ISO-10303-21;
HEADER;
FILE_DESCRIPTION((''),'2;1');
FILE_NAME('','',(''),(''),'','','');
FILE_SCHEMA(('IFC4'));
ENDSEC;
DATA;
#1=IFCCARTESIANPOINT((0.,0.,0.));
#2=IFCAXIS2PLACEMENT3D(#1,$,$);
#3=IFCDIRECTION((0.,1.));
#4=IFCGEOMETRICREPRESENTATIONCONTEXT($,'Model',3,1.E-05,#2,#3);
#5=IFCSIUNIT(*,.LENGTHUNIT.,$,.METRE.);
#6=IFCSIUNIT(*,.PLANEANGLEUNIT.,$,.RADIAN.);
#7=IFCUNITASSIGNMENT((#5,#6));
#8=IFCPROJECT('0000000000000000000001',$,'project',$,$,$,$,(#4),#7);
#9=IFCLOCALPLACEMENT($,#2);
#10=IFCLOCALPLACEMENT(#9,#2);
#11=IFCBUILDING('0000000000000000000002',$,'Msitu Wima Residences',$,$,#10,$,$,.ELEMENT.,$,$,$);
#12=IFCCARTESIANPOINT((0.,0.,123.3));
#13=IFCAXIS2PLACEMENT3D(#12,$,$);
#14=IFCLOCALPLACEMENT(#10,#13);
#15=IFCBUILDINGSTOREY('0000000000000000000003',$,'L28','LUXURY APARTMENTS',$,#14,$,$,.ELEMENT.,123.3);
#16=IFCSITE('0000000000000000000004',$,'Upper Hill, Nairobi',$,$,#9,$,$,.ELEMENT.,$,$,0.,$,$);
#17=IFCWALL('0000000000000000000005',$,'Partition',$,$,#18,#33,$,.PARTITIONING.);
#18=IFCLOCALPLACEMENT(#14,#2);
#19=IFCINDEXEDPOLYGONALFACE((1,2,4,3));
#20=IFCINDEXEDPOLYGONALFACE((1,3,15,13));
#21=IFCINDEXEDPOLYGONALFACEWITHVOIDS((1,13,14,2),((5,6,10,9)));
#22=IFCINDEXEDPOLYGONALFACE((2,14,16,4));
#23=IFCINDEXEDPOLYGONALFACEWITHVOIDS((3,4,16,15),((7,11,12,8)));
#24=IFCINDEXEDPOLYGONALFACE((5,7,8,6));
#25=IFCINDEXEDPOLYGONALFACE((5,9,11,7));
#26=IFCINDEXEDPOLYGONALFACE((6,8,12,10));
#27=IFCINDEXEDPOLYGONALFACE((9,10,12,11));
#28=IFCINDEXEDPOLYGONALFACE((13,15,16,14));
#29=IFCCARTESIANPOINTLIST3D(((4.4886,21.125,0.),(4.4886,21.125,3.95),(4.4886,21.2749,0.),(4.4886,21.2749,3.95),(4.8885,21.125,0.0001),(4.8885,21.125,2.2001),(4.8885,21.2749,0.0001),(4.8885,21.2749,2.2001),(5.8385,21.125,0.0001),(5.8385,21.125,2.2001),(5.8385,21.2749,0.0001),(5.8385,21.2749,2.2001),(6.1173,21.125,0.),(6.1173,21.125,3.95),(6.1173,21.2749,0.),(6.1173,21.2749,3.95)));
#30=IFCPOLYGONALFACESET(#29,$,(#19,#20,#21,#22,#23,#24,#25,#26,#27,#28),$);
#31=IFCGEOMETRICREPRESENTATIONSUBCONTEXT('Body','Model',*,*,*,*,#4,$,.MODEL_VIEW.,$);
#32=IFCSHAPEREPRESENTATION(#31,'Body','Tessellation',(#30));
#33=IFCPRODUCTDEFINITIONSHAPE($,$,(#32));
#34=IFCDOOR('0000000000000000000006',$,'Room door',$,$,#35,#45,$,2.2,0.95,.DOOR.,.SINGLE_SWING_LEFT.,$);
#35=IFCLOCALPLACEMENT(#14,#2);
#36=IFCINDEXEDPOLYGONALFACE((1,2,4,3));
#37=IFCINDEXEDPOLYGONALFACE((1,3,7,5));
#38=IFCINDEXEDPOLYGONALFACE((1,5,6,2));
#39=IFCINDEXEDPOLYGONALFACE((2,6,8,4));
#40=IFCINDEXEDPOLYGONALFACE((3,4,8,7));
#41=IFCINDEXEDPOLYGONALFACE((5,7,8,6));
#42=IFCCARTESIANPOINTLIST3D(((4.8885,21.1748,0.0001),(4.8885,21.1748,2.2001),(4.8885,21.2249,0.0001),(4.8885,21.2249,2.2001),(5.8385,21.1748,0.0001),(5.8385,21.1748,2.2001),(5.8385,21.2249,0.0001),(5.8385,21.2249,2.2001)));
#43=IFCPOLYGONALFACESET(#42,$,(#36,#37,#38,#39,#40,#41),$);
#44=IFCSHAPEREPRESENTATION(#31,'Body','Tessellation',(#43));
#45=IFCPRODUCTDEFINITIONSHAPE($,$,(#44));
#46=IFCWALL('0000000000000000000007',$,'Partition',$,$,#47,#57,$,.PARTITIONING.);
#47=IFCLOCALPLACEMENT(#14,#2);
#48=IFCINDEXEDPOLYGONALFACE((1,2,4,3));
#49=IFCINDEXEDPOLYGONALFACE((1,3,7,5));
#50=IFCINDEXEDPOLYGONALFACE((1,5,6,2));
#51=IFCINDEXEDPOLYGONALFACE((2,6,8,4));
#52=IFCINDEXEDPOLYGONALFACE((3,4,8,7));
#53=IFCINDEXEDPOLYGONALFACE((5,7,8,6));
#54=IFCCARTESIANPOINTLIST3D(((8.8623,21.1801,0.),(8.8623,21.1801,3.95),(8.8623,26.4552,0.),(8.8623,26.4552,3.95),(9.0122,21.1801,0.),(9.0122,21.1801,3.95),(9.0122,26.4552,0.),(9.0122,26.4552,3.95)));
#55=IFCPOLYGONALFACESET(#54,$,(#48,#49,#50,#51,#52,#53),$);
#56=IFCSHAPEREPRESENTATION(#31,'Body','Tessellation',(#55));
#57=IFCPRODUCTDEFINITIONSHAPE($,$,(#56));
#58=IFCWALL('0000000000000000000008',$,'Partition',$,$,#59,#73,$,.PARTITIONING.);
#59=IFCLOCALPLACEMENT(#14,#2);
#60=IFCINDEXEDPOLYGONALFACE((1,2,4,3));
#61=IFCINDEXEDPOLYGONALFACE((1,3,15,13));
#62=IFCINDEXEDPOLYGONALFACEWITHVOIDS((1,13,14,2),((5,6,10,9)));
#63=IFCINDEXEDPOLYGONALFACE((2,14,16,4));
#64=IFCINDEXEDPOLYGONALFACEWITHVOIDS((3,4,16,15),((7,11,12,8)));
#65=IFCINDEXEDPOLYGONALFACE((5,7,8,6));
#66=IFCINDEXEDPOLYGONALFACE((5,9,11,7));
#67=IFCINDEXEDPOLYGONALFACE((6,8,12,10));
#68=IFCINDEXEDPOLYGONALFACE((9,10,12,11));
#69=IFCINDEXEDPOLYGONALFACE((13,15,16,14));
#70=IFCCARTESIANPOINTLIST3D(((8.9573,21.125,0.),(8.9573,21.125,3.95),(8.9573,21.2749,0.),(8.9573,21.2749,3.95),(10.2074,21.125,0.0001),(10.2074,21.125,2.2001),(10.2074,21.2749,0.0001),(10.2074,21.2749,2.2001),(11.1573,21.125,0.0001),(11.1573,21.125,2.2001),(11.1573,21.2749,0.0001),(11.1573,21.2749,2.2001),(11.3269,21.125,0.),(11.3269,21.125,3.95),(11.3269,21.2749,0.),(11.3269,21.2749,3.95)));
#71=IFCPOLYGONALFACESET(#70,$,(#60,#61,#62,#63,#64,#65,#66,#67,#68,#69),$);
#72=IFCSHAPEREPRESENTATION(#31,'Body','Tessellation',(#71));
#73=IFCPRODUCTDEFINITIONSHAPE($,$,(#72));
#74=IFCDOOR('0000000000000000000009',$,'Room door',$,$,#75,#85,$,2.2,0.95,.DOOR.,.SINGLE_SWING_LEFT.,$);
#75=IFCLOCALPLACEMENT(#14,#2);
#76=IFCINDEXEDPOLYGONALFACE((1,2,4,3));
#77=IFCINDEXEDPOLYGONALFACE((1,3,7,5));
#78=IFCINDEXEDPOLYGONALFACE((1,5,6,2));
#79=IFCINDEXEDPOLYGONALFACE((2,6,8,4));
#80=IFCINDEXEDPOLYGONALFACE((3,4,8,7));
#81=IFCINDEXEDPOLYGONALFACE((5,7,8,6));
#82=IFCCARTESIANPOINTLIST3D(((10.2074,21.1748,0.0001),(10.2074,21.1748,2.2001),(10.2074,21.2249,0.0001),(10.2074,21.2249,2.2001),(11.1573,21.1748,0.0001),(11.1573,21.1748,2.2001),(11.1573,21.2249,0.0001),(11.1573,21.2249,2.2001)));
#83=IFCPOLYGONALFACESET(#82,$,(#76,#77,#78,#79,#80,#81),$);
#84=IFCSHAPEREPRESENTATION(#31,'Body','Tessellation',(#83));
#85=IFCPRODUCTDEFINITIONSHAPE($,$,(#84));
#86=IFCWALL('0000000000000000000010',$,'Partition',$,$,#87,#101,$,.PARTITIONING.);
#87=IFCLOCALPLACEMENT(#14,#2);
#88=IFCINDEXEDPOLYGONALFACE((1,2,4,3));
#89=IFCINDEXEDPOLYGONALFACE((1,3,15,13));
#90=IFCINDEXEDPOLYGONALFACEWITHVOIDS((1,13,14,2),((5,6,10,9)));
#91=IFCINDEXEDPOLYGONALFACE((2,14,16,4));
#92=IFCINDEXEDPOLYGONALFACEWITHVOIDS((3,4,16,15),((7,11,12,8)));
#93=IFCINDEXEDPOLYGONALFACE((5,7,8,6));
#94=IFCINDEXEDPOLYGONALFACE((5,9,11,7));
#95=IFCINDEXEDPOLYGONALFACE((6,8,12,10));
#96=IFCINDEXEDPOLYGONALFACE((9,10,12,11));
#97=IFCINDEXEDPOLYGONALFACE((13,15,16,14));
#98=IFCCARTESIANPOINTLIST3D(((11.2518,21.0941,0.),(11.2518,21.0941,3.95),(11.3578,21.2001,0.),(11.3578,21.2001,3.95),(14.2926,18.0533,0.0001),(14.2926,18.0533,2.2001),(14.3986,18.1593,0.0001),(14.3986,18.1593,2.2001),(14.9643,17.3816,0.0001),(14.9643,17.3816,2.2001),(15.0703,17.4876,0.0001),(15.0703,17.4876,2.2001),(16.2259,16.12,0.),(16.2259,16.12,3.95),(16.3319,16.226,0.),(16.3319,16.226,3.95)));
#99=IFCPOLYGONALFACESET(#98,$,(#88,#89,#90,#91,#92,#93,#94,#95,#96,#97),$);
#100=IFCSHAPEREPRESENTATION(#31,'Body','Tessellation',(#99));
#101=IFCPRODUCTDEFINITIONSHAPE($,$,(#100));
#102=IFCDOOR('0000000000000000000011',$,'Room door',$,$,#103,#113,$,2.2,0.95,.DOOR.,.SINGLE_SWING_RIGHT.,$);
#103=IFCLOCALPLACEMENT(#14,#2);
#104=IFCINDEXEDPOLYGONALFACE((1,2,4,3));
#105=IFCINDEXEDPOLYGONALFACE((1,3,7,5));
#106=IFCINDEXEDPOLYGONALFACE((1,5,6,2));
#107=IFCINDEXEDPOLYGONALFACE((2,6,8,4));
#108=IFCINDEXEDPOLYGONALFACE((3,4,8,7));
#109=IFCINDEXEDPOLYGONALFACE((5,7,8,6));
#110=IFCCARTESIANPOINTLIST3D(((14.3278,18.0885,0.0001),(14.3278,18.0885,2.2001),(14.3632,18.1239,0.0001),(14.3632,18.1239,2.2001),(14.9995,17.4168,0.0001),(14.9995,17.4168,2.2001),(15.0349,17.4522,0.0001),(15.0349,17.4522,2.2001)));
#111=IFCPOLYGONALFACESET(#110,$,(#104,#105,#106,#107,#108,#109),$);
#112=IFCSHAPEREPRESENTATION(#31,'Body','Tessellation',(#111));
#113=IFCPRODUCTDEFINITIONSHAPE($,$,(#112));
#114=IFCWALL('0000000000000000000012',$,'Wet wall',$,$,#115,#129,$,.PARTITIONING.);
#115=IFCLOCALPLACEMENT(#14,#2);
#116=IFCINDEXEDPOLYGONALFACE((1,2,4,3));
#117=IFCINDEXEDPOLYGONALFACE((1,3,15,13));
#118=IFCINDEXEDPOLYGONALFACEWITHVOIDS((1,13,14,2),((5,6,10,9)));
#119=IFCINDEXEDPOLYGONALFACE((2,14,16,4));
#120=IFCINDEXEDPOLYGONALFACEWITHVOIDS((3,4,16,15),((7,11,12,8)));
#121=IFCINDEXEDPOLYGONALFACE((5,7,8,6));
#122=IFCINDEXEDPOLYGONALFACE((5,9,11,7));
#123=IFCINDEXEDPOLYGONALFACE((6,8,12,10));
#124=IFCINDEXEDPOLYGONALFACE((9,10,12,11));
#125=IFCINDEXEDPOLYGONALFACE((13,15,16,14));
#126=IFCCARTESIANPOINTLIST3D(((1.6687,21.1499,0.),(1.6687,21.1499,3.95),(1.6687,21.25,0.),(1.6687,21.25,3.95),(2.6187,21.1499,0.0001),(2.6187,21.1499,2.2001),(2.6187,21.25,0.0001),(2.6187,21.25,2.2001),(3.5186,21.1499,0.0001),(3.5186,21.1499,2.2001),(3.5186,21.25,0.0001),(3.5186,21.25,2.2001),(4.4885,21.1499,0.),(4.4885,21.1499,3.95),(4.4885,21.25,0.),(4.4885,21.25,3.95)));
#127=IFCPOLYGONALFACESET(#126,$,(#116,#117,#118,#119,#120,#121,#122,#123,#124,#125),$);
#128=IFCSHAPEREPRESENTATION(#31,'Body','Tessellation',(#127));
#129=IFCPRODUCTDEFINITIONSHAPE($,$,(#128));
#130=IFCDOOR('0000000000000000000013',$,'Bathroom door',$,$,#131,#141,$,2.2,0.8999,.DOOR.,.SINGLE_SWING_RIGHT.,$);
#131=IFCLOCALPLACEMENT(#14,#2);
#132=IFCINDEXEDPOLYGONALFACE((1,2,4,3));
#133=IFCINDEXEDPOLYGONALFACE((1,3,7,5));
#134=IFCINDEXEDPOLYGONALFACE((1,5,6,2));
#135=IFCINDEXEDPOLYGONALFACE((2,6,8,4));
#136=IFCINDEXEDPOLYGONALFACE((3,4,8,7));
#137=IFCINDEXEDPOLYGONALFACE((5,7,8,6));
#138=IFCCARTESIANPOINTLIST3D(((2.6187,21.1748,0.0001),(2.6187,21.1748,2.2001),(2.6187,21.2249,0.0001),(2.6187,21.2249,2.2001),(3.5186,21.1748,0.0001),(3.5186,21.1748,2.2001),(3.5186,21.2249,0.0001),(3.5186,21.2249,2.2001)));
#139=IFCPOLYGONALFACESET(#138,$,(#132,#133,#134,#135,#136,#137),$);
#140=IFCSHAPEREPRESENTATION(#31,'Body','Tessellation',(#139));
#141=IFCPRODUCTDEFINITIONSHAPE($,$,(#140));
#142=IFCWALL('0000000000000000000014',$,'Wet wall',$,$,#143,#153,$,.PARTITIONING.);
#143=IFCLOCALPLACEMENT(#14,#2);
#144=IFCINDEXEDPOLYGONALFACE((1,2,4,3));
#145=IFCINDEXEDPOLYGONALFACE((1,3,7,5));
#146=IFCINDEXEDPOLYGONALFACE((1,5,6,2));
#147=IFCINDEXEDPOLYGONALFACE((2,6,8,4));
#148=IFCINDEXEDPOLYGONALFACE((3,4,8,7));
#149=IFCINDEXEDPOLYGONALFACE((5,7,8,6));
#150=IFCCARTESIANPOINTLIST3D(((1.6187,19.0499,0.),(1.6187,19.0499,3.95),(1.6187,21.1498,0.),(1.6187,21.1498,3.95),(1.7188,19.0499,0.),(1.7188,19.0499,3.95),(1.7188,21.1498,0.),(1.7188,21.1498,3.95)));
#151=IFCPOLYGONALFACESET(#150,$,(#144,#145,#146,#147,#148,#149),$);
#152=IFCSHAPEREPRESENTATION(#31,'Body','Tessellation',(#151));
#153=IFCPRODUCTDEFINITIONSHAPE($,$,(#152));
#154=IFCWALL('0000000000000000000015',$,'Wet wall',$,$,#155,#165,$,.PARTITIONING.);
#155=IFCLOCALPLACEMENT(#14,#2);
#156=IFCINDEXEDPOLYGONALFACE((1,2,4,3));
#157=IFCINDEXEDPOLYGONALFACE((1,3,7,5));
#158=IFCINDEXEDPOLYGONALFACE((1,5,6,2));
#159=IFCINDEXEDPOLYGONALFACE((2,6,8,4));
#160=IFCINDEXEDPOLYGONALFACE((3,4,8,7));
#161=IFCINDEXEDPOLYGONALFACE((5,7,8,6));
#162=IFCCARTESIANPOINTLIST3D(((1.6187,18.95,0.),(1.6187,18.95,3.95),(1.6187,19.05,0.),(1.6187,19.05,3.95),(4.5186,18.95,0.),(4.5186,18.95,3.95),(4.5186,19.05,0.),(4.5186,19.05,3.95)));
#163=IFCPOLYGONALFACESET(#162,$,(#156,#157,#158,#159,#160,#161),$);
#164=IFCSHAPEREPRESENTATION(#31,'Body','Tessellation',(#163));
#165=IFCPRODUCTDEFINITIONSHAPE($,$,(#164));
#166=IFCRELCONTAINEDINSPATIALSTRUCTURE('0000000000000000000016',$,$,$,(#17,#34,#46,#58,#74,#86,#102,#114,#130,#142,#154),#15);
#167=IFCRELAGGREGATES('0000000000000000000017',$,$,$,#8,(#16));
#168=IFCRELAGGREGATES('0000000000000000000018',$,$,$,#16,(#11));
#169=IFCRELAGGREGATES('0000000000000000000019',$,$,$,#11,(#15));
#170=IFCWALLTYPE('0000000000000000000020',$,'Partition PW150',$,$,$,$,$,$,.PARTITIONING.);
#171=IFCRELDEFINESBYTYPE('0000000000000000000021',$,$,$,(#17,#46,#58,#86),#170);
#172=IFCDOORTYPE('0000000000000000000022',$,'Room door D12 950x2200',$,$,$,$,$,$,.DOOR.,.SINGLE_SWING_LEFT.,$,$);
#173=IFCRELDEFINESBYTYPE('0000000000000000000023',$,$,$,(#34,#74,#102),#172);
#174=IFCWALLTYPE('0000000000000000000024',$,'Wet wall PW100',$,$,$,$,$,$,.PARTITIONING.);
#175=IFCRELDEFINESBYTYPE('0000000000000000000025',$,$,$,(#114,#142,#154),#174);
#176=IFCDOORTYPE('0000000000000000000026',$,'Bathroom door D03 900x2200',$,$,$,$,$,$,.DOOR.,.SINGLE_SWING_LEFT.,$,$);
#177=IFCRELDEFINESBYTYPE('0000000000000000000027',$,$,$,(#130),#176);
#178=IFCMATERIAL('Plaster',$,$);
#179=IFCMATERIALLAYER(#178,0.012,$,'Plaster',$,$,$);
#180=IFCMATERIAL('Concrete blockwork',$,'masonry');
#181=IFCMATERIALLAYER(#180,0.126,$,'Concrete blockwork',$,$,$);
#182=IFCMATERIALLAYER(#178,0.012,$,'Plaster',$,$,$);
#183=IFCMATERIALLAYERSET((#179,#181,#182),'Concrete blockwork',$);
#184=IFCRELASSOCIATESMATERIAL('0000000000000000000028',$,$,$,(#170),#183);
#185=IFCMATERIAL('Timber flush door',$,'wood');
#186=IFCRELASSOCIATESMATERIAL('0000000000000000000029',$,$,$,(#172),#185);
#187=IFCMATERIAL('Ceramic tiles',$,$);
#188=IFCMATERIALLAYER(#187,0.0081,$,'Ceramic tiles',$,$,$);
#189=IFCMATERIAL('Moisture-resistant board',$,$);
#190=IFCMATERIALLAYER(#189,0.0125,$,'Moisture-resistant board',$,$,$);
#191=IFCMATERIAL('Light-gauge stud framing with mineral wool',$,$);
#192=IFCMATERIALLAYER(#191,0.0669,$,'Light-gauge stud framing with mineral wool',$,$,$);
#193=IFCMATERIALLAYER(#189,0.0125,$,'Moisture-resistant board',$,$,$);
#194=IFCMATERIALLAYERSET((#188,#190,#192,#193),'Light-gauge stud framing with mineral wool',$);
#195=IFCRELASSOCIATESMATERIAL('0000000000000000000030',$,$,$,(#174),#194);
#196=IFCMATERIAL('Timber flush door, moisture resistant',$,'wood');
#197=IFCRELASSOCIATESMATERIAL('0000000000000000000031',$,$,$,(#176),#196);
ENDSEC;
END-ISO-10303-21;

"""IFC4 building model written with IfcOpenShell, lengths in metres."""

from ifc_helpers import new_model, si_unit, direction, frame, frame_2d, origin, place, context, subcontext, project, spatial, rectangle, extrude, material, layer, layer_set, type_object, element, fill, save


model = new_model("IFC4")

# Units and contexts
model_context = context("Model", 3, precision=1e-05, world=origin(), true_north=direction((0.0, 1.0)))
body_context = subcontext(model_context, "Body", "Model", "MODEL_VIEW")
ifc_project = project(units=[si_unit("LENGTHUNIT", "METRE"), si_unit("PLANEANGLEUNIT", "RADIAN")], contexts=[model_context])

# Site, building, storey
site_placement = place(None, origin())
site = spatial("IfcSite", under=ifc_project, at=site_placement, Name="Upper Hill, Nairobi", CompositionType="ELEMENT", RefElevation=0.0)
building_placement = place(site_placement, origin())
building = spatial("IfcBuilding", under=site, at=building_placement, Name="Msitu Wima Residences", CompositionType="ELEMENT")
storey_placement = place(building_placement, frame((0.0, 0.0, 123.3)))
storey = spatial("IfcBuildingStorey", under=building, at=storey_placement, Name="L28", Description="LUXURY APARTMENTS", CompositionType="ELEMENT", Elevation=123.3)

# Shared definitions
ifc_material_1 = material(Name="Plaster")
ifc_layer_1 = layer(ifc_material_1, 0.012, Name="Plaster")
ifc_material_2 = material(Name="Concrete blockwork", Category="masonry")
ifc_layer_2 = layer(ifc_material_2, 0.126, Name="Concrete blockwork")
ifc_layer_3 = layer(ifc_material_1, 0.012, Name="Plaster")
ifc_layer_set_1 = layer_set([ifc_layer_1, ifc_layer_2, ifc_layer_3], Name="Concrete blockwork")
wall_type_1 = type_object("IfcWallType", Name="Partition PW150", PredefinedType="PARTITIONING", material=ifc_layer_set_1)

# Wall, opening, door
wall_1_placement = place(storey_placement, frame((4.4885, 21.2, 0.0), z_axis=(0.0, 0.0, 1.0), x_axis=(1.0, 0.0, 0.0)))
wall_1 = element("IfcWall", 1, at=wall_1_placement, inside=storey, type_object=wall_type_1, Name="Partition", PredefinedType="PARTITIONING", context=body_context, shape_type="SweptSolid", body=[
    extrude(rectangle(XDim=1.6287, YDim=0.1499, at=frame_2d((0.8145, 0.0))), origin(), (0.0, 0.0, 1.0), 3.95),
])
opening_1_placement = place(wall_1_placement, frame((0.3999, 0.0, 0.0)))
opening_1 = element("IfcOpeningElement", 2, at=opening_1_placement, cuts=wall_1, PredefinedType="OPENING", context=body_context, shape_type="SweptSolid", body=[
    extrude(rectangle(XDim=0.95, YDim=2.2, at=frame_2d((0.4751, 1.1001))), frame((0.0, 0.085, 0.0), z_axis=(0.0, -1.0, 0.0), x_axis=(1.0, 0.0, 0.0)), (0.0, 0.0, 1.0), 0.1699),
])
ifc_material_3 = material(Name="Timber flush door", Category="wood")
door_type_1 = type_object("IfcDoorType", Name="Room door D12 950x2200", OperationType="SINGLE_SWING_LEFT", PredefinedType="DOOR", material=ifc_material_3)
door_1_placement = place(opening_1_placement, origin())
door_1 = element("IfcDoor", 3, at=door_1_placement, inside=storey, type_object=door_type_1, Name="Room door", OperationType="SINGLE_SWING_LEFT", OverallHeight=2.2, OverallWidth=0.95, PredefinedType="DOOR", context=body_context, shape_type="SweptSolid", body=[
    extrude(rectangle(XDim=0.95, YDim=2.2, at=frame_2d((0.4751, 1.1001))), frame((0.0, 0.0249, 0.0), z_axis=(0.0, -1.0, 0.0), x_axis=(1.0, 0.0, 0.0)), (0.0, 0.0, 1.0), 0.05),
])
fill(opening_1, door_1)

# Wall
wall_2_placement = place(storey_placement, frame((8.9373, 21.1799, 0.0), z_axis=(0.0, 0.0, 1.0), x_axis=(0.0, 1.0, 0.0)))
element("IfcWall", 4, at=wall_2_placement, inside=storey, type_object=wall_type_1, Name="Partition", PredefinedType="PARTITIONING", context=body_context, shape_type="SweptSolid", body=[
    extrude(rectangle(XDim=5.2751, YDim=0.1499, at=frame_2d((2.6377, 0.0))), origin(), (0.0, 0.0, 1.0), 3.95),
])

# Walls, openings, doors
wall_3_placement = place(storey_placement, frame((8.9573, 21.2, 0.0), z_axis=(0.0, 0.0, 1.0), x_axis=(1.0, 0.0, 0.0)))
wall_3 = element("IfcWall", 5, at=wall_3_placement, inside=storey, type_object=wall_type_1, Name="Partition", PredefinedType="PARTITIONING", context=body_context, shape_type="SweptSolid", body=[
    extrude(rectangle(XDim=2.3696, YDim=0.1499, at=frame_2d((1.1848, 0.0))), origin(), (0.0, 0.0, 1.0), 3.95),
])
opening_2_placement = place(wall_3_placement, frame((1.25, 0.0, 0.0)))
opening_2 = element("IfcOpeningElement", 6, at=opening_2_placement, cuts=wall_3, PredefinedType="OPENING", context=body_context, shape_type="SweptSolid", body=[
    extrude(rectangle(XDim=0.95, YDim=2.2, at=frame_2d((0.4751, 1.1001))), frame((0.0, 0.085, 0.0), z_axis=(0.0, -1.0, 0.0), x_axis=(1.0, 0.0, 0.0)), (0.0, 0.0, 1.0), 0.1699),
])
door_2_placement = place(opening_2_placement, origin())
door_2 = element("IfcDoor", 7, at=door_2_placement, inside=storey, type_object=door_type_1, Name="Room door", OperationType="SINGLE_SWING_LEFT", OverallHeight=2.2, OverallWidth=0.95, PredefinedType="DOOR", context=body_context, shape_type="SweptSolid", body=[
    extrude(rectangle(XDim=0.95, YDim=2.2, at=frame_2d((0.4751, 1.1001))), frame((0.0, 0.0249, 0.0), z_axis=(0.0, -1.0, 0.0), x_axis=(1.0, 0.0, 0.0)), (0.0, 0.0, 1.0), 0.05),
])
fill(opening_2, door_2)
wall_4_placement = place(storey_placement, frame((11.3049, 21.147, 0.0), z_axis=(0.0, 0.0, 1.0), x_axis=(0.707107, -0.707107, 0.0)))
wall_4 = element("IfcWall", 8, at=wall_4_placement, inside=storey, type_object=wall_type_1, Name="Partition", PredefinedType="PARTITIONING", context=body_context, shape_type="SweptSolid", body=[
    extrude(rectangle(XDim=7.0344, YDim=0.1499, at=frame_2d((3.5171, 0.0))), origin(), (0.0, 0.0, 1.0), 3.95),
])
opening_3_placement = place(wall_4_placement, frame((4.3, 0.0, 0.0)))
opening_3 = element("IfcOpeningElement", 9, at=opening_3_placement, cuts=wall_4, PredefinedType="OPENING", context=body_context, shape_type="SweptSolid", body=[
    extrude(rectangle(XDim=0.95, YDim=2.2, at=frame_2d((0.4751, 1.1001))), frame((0.0, 0.085, 0.0), z_axis=(0.0, -1.0, 0.0), x_axis=(1.0, 0.0, 0.0)), (0.0, 0.0, 1.0), 0.1699),
])
door_3_placement = place(opening_3_placement, origin())
door_3 = element("IfcDoor", 10, at=door_3_placement, inside=storey, type_object=door_type_1, Name="Room door", OperationType="SINGLE_SWING_RIGHT", OverallHeight=2.2, OverallWidth=0.95, PredefinedType="DOOR", context=body_context, shape_type="SweptSolid", body=[
    extrude(rectangle(XDim=0.95, YDim=2.2, at=frame_2d((0.4751, 1.1001))), frame((0.0, 0.0249, 0.0), z_axis=(0.0, -1.0, 0.0), x_axis=(1.0, 0.0, 0.0)), (0.0, 0.0, 1.0), 0.05),
])
fill(opening_3, door_3)
ifc_material_4 = material(Name="Ceramic tiles")
ifc_layer_4 = layer(ifc_material_4, 0.0081, Name="Ceramic tiles")
ifc_material_5 = material(Name="Moisture-resistant board")
ifc_layer_5 = layer(ifc_material_5, 0.0125, Name="Moisture-resistant board")
ifc_material_6 = material(Name="Light-gauge stud framing with mineral wool")
ifc_layer_6 = layer(ifc_material_6, 0.0669, Name="Light-gauge stud framing with mineral wool")
ifc_layer_7 = layer(ifc_material_5, 0.0125, Name="Moisture-resistant board")
ifc_layer_set_2 = layer_set([ifc_layer_4, ifc_layer_5, ifc_layer_6, ifc_layer_7], Name="Light-gauge stud framing with mineral wool")
wall_type_2 = type_object("IfcWallType", Name="Wet wall PW100", PredefinedType="PARTITIONING", material=ifc_layer_set_2)
wall_5_placement = place(storey_placement, frame((1.6687, 21.2, 0.0), z_axis=(0.0, 0.0, 1.0), x_axis=(1.0, 0.0, 0.0)))
wall_5 = element("IfcWall", 11, at=wall_5_placement, inside=storey, type_object=wall_type_2, Name="Wet wall", PredefinedType="PARTITIONING", context=body_context, shape_type="SweptSolid", body=[
    extrude(rectangle(XDim=2.8198, YDim=0.1001, at=frame_2d((1.4099, 0.0))), origin(), (0.0, 0.0, 1.0), 3.95),
])
opening_4_placement = place(wall_5_placement, frame((0.95, 0.0, 0.0)))
opening_4 = element("IfcOpeningElement", 12, at=opening_4_placement, cuts=wall_5, PredefinedType="OPENING", context=body_context, shape_type="SweptSolid", body=[
    extrude(rectangle(XDim=0.8999, YDim=2.2, at=frame_2d((0.45, 1.1001))), frame((0.0, 0.0601, 0.0), z_axis=(0.0, -1.0, 0.0), x_axis=(1.0, 0.0, 0.0)), (0.0, 0.0, 1.0), 0.1201),
])
ifc_material_7 = material(Name="Timber flush door, moisture resistant", Category="wood")
door_type_2 = type_object("IfcDoorType", Name="Bathroom door D03 900x2200", OperationType="SINGLE_SWING_LEFT", PredefinedType="DOOR", material=ifc_material_7)
door_4_placement = place(opening_4_placement, origin())
door_4 = element("IfcDoor", 13, at=door_4_placement, inside=storey, type_object=door_type_2, Name="Bathroom door", OperationType="SINGLE_SWING_RIGHT", OverallHeight=2.2, OverallWidth=0.8999, PredefinedType="DOOR", context=body_context, shape_type="SweptSolid", body=[
    extrude(rectangle(XDim=0.8999, YDim=2.2, at=frame_2d((0.45, 1.1001))), frame((0.0, 0.0249, 0.0), z_axis=(0.0, -1.0, 0.0), x_axis=(1.0, 0.0, 0.0)), (0.0, 0.0, 1.0), 0.05),
])
fill(opening_4, door_4)

# Walls
wall_6_placement = place(storey_placement, frame((1.6687, 19.05, 0.0), z_axis=(0.0, 0.0, 1.0), x_axis=(0.0, 1.0, 0.0)))
element("IfcWall", 14, at=wall_6_placement, inside=storey, type_object=wall_type_2, Name="Wet wall", PredefinedType="PARTITIONING", context=body_context, shape_type="SweptSolid", body=[
    extrude(rectangle(XDim=2.0999, YDim=0.1001, at=frame_2d((1.0498, 0.0))), origin(), (0.0, 0.0, 1.0), 3.95),
])
wall_7_placement = place(storey_placement, frame((1.6187, 19.0, 0.0), z_axis=(0.0, 0.0, 1.0), x_axis=(1.0, 0.0, 0.0)))
element("IfcWall", 15, at=wall_7_placement, inside=storey, type_object=wall_type_2, Name="Wet wall", PredefinedType="PARTITIONING", context=body_context, shape_type="SweptSolid", body=[
    extrude(rectangle(XDim=2.8999, YDim=0.1001, at=frame_2d((1.45, 0.0))), origin(), (0.0, 0.0, 1.0), 3.95),
])

save(model, "model.ifc")
